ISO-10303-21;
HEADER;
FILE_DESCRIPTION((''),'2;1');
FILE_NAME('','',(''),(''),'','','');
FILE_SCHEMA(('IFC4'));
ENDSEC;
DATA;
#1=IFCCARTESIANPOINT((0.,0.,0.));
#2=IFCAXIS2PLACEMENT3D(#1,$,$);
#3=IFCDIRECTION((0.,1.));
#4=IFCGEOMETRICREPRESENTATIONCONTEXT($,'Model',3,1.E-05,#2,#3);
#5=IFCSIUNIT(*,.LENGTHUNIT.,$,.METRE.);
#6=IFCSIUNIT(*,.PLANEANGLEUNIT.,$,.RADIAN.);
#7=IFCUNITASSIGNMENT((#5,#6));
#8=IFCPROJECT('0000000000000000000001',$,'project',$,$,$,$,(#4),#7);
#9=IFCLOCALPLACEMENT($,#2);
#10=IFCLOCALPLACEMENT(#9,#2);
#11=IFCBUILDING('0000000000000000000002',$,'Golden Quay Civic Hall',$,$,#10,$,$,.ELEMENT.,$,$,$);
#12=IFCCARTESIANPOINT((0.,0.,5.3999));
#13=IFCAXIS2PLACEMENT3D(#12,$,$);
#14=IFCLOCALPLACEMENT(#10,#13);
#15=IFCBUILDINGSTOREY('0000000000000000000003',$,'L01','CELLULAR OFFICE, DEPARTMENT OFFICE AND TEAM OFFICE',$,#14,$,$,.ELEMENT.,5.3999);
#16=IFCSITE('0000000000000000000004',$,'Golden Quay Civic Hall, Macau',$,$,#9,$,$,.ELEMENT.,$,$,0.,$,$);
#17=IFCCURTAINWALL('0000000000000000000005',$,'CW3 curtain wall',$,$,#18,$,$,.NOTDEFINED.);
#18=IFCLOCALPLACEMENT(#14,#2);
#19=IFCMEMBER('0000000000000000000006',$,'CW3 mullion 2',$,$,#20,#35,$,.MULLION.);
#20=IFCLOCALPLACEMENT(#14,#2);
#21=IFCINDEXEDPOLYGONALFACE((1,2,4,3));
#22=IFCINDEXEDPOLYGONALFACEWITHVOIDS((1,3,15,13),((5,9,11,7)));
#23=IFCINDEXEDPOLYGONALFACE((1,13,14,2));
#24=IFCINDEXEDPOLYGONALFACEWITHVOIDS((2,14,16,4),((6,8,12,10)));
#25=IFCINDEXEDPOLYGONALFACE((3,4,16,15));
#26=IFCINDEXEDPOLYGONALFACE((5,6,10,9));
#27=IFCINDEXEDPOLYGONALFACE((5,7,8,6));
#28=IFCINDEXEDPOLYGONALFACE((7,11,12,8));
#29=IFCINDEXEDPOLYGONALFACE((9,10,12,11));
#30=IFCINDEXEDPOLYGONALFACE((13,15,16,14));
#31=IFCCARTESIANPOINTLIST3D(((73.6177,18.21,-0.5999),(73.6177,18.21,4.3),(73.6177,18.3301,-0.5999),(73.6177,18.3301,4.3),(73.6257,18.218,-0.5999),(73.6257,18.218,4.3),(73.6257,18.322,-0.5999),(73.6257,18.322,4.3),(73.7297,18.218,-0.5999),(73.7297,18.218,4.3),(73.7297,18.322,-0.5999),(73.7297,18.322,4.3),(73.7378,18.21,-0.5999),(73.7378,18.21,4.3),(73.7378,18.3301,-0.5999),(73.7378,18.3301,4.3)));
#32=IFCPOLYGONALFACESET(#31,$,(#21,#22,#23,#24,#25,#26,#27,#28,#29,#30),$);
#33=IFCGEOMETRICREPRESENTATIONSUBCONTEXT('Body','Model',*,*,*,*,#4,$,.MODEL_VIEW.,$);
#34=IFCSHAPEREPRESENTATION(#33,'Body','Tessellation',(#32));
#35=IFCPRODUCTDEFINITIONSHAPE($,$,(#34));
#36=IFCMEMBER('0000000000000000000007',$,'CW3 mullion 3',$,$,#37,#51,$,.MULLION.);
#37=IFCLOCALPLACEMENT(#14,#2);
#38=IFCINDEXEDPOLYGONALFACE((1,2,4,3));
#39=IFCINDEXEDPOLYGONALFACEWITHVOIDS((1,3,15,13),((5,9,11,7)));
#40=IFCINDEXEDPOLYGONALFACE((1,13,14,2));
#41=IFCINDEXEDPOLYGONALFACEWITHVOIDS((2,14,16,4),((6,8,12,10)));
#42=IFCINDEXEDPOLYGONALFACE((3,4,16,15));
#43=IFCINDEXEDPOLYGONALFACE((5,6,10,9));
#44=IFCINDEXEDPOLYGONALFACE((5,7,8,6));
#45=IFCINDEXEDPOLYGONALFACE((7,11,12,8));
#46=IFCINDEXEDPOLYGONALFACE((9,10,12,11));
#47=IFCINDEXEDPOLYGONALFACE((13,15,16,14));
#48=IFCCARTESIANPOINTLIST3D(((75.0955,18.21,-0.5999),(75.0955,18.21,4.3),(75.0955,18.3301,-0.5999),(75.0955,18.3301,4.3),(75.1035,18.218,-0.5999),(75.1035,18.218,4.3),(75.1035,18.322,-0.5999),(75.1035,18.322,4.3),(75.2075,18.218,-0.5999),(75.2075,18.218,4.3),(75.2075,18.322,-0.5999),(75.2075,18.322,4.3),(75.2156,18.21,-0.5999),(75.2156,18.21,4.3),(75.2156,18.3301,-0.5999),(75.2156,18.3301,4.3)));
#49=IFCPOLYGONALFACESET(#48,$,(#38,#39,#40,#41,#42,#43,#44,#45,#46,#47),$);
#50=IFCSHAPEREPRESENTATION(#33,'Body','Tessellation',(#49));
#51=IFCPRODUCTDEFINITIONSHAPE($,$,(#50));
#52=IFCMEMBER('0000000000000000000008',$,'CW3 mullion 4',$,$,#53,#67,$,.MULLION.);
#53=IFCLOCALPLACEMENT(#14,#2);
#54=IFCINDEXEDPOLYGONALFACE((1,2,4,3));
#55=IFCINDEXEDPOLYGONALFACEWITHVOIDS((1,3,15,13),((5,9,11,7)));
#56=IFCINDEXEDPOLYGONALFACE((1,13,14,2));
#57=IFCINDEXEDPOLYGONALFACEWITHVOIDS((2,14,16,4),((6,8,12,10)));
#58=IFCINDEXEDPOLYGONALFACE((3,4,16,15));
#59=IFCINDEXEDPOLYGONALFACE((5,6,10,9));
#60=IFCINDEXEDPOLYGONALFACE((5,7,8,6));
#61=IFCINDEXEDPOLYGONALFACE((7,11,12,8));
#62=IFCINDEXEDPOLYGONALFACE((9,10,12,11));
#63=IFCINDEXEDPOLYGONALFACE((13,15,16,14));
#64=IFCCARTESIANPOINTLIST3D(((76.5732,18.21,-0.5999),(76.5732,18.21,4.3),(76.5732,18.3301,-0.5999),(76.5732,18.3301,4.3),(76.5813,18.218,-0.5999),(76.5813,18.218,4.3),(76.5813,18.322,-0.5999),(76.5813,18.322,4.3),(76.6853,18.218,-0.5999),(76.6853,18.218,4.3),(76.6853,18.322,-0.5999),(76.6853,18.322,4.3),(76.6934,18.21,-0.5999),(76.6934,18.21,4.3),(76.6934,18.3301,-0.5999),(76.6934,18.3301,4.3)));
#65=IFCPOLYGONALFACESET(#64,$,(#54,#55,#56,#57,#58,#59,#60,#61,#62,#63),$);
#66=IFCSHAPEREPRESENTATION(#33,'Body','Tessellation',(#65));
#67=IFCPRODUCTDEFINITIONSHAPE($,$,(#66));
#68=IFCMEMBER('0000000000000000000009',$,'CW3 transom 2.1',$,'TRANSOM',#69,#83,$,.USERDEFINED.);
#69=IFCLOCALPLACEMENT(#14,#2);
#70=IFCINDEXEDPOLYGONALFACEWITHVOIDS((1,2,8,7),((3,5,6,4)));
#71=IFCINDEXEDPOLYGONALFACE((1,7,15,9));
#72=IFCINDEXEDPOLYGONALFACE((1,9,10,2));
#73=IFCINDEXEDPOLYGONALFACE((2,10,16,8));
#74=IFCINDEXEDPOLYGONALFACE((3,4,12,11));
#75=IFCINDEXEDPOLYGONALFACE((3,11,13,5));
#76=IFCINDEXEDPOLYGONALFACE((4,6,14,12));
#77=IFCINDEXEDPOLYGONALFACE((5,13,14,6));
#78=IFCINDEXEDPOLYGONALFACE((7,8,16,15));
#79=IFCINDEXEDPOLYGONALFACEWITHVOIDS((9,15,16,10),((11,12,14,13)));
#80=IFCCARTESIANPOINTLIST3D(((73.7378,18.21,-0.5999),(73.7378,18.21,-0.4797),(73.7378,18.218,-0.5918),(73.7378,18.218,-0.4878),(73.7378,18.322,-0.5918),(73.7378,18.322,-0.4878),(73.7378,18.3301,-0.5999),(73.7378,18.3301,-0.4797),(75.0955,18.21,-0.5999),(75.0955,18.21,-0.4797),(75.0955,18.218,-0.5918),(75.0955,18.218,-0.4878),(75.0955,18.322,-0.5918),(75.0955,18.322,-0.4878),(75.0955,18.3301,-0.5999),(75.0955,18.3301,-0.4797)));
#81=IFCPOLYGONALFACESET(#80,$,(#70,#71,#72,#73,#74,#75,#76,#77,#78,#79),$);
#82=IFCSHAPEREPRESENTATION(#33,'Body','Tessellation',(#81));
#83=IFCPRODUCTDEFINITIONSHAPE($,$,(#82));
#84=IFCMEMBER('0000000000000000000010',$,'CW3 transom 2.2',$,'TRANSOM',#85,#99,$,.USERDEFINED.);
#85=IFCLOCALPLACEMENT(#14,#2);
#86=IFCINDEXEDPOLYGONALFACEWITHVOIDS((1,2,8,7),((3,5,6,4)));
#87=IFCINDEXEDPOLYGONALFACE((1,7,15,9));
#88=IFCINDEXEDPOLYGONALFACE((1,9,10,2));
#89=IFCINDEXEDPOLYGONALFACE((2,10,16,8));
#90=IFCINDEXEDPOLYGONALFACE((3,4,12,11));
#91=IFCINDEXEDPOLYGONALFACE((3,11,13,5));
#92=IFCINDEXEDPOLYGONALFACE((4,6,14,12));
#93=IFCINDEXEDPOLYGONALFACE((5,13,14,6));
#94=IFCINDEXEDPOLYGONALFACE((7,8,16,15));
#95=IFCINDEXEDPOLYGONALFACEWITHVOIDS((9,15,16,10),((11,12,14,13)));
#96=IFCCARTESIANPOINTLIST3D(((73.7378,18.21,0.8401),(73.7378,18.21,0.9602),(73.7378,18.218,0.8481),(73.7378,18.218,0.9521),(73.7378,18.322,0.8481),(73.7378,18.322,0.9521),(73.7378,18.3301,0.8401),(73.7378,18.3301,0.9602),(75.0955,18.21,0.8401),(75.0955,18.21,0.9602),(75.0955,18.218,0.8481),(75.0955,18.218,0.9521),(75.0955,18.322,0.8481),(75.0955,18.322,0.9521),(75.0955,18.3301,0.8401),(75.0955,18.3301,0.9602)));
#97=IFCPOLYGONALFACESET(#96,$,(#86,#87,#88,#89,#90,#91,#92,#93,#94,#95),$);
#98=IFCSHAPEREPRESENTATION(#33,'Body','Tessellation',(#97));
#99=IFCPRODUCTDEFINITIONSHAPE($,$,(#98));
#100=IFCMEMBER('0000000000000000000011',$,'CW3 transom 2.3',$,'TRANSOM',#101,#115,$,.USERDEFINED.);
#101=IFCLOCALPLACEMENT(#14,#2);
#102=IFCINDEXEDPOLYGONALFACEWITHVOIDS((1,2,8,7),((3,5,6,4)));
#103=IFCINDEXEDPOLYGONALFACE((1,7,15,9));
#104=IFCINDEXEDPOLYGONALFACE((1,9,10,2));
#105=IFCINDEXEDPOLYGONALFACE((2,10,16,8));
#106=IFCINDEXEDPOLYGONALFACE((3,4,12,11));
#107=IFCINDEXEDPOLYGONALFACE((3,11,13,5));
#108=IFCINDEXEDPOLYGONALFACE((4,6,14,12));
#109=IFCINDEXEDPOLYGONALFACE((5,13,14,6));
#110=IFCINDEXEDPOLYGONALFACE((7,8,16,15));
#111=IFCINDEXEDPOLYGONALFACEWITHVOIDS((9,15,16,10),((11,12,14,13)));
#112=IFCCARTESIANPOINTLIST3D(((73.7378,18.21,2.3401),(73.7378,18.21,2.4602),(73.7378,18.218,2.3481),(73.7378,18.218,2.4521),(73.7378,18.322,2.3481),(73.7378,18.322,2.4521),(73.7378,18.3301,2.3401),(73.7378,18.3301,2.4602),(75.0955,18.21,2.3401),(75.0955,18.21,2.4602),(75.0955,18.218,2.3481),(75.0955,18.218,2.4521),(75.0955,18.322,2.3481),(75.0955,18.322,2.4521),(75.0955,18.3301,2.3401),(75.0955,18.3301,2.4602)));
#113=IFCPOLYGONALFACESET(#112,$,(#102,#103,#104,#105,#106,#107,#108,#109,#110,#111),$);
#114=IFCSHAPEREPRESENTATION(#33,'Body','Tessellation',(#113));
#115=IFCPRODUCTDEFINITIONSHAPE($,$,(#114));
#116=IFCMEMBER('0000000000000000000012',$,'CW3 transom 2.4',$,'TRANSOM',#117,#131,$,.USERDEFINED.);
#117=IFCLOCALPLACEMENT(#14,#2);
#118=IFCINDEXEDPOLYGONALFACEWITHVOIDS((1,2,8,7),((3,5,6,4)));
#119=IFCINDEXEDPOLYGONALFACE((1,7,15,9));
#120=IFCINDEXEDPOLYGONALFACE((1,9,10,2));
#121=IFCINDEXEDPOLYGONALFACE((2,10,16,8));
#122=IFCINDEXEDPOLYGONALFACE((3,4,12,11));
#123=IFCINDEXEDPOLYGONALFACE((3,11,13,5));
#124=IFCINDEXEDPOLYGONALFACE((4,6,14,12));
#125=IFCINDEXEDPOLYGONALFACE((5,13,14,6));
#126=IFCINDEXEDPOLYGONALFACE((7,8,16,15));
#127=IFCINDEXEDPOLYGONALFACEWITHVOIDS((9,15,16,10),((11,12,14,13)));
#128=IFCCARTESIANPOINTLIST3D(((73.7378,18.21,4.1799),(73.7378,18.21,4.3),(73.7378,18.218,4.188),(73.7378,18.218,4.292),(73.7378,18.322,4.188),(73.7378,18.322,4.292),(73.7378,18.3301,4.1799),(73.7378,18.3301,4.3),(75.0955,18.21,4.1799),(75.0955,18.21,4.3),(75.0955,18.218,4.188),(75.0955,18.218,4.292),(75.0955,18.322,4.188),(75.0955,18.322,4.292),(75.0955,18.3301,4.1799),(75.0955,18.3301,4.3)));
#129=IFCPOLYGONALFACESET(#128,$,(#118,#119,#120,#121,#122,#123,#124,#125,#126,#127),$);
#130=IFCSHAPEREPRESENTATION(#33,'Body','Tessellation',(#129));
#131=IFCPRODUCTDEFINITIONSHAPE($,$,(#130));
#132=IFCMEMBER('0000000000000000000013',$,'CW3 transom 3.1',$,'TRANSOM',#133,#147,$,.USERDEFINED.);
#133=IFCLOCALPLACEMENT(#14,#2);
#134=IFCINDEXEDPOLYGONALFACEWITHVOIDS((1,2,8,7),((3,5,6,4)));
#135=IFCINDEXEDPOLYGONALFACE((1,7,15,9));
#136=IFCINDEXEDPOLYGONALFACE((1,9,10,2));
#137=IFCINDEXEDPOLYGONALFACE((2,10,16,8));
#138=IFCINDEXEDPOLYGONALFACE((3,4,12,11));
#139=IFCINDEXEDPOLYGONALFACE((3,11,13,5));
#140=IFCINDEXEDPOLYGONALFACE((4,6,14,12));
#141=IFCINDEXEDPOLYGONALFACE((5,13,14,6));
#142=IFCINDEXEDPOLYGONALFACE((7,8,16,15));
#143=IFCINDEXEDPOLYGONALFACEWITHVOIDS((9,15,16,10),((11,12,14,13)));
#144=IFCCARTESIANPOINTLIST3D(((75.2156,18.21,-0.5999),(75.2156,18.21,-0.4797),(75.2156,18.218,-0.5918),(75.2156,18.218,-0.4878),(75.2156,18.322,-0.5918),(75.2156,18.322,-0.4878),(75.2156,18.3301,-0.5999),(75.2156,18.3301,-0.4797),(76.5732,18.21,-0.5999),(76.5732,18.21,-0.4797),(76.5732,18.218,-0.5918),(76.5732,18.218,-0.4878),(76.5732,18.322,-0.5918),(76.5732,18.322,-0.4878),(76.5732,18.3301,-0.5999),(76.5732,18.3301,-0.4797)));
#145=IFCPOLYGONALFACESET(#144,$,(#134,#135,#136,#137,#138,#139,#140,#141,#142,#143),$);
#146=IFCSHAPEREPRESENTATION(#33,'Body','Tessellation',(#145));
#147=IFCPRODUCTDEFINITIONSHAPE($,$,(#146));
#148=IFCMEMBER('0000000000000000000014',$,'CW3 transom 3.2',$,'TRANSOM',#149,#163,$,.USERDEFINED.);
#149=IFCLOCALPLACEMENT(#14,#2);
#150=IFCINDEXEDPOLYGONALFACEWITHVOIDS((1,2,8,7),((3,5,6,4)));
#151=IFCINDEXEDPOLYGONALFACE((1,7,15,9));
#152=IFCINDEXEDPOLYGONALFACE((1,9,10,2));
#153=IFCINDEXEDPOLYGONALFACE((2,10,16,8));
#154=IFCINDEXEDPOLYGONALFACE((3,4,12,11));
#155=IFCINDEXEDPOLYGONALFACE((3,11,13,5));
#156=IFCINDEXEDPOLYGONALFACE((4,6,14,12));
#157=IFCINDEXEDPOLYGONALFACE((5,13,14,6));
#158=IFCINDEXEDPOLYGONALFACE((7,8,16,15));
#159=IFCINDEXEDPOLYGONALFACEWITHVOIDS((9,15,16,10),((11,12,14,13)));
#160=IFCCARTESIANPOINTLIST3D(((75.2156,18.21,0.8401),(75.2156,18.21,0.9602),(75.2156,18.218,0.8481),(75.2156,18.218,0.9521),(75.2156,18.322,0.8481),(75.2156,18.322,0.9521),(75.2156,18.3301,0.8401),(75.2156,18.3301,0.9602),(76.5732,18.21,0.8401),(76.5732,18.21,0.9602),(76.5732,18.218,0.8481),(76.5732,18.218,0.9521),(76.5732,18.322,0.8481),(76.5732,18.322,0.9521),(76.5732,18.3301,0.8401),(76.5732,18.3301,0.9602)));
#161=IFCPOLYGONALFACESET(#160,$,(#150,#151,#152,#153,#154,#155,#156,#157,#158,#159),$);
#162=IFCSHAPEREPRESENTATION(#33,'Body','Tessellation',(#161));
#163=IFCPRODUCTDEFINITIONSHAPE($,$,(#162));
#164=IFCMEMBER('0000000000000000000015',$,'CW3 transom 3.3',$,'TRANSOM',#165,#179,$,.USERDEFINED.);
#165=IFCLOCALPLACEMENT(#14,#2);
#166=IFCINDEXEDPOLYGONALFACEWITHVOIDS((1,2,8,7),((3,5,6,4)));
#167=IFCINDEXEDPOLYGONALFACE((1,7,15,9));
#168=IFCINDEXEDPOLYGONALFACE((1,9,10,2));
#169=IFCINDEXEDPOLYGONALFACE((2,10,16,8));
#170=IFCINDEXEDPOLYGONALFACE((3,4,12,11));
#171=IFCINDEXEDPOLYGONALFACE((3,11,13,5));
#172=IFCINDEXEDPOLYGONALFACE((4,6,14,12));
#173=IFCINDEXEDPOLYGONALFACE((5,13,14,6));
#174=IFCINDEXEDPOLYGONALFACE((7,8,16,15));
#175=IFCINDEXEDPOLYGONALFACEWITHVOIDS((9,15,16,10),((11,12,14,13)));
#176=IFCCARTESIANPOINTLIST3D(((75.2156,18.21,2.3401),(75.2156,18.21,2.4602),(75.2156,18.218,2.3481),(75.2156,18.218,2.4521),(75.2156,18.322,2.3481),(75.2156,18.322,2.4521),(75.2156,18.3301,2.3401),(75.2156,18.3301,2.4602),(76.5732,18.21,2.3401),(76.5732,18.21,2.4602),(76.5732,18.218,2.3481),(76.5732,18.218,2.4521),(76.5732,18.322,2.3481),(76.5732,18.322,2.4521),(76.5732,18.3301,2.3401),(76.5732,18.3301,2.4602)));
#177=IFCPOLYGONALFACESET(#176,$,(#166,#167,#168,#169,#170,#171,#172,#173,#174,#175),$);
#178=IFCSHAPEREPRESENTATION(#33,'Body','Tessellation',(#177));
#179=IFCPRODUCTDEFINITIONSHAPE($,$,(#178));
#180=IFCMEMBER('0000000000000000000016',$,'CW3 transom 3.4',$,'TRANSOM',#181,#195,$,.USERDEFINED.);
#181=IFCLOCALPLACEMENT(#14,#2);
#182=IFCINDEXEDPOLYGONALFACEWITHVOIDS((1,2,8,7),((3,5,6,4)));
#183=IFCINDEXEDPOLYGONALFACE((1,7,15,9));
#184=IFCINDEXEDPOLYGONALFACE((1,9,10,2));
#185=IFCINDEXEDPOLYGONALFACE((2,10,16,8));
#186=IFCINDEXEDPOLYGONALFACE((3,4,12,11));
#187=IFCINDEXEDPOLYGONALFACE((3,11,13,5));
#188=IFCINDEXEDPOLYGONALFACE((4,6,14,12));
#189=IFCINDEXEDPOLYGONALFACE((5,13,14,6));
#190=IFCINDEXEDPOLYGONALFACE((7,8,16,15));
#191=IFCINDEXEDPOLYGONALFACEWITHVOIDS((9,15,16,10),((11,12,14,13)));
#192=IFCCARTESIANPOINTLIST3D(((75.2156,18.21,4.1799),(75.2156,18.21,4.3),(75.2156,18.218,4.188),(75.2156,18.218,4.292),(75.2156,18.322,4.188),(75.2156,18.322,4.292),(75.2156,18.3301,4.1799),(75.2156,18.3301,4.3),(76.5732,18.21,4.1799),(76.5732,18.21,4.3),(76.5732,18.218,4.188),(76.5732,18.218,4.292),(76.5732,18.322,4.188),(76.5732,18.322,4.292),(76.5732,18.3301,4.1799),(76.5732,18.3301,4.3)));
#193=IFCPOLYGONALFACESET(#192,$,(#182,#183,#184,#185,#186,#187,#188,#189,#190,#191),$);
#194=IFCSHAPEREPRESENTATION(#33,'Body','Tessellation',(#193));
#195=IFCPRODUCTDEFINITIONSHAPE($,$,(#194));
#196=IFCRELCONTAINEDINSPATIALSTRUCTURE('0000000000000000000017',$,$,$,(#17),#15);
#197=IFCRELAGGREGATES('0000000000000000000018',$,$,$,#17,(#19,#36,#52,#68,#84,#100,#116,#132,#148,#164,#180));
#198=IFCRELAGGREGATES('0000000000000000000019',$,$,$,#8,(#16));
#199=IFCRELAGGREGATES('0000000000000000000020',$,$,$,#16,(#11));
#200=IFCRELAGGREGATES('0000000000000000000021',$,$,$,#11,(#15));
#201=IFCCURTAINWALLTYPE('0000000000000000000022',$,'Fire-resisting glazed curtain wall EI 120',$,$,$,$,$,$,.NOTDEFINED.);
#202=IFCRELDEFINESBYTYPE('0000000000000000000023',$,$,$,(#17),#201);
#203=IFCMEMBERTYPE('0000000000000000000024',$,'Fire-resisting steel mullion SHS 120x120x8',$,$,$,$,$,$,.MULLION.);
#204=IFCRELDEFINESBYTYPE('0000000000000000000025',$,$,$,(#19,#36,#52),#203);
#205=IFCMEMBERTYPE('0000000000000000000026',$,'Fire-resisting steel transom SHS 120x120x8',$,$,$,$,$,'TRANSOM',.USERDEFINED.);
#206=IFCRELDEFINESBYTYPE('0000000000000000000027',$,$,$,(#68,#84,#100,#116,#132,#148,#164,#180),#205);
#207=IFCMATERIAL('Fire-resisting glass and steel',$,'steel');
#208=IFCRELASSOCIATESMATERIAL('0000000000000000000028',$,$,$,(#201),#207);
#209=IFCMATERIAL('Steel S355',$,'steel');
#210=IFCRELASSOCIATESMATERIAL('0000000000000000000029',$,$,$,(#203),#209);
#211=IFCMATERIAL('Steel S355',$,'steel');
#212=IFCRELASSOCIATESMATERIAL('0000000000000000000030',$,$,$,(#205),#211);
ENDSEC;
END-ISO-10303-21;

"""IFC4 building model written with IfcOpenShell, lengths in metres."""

from ifc_helpers import new_model, si_unit, direction, frame, origin, origin_2d, place, context, subcontext, project, spatial, hollow_rectangle, extrude, material, material_profile, profile_set, type_object, element, aggregate, save


model = new_model("IFC4")

# Units and contexts
model_context = context("Model", 3, precision=1e-05, world=origin(), true_north=direction((0.0, 1.0)))
body_context = subcontext(model_context, "Body", "Model", "MODEL_VIEW")
ifc_project = project(units=[si_unit("LENGTHUNIT", "METRE"), si_unit("PLANEANGLEUNIT", "RADIAN")], contexts=[model_context])

# Site, building, storey
site_placement = place(None, origin())
site = spatial("IfcSite", under=ifc_project, at=site_placement, Name="Golden Quay Civic Hall, Macau", CompositionType="ELEMENT", RefElevation=0.0)
building_placement = place(site_placement, origin())
building = spatial("IfcBuilding", under=site, at=building_placement, Name="Golden Quay Civic Hall", CompositionType="ELEMENT")
storey_placement = place(building_placement, frame((0.0, 0.0, 5.3999)))
storey = spatial("IfcBuildingStorey", under=building, at=storey_placement, Name="L01", Description="CELLULAR OFFICE, DEPARTMENT OFFICE AND TEAM OFFICE", CompositionType="ELEMENT", Elevation=5.3999)

# Curtain wall, members
ifc_material_1 = material(Name="Fire-resisting glass and steel", Category="steel")
curtain_wall_type = type_object("IfcCurtainWallType", Name="Fire-resisting glazed curtain wall EI 120", PredefinedType="NOTDEFINED", material=ifc_material_1)
curtain_wall_placement = place(storey_placement, origin())
curtain_wall = element("IfcCurtainWall", 1, at=curtain_wall_placement, inside=storey, type_object=curtain_wall_type, Name="CW3 curtain wall", PredefinedType="NOTDEFINED")
ifc_material_2 = material(Name="Steel S355", Category="steel")
ifc_material_profile_1 = material_profile(ifc_material_2, hollow_rectangle(XDim=0.1201, YDim=0.1201, WallThickness=0.0081, at=origin_2d()), Name="SHS 120x120x8")
ifc_profile_set_1 = profile_set([ifc_material_profile_1], Name="Steel S355")
member_type_1 = type_object("IfcMemberType", Name="Fire-resisting steel mullion SHS 120x120x8", PredefinedType="MULLION", material=ifc_profile_set_1)
member_1_placement = place(storey_placement, frame((73.6777, 18.27, -0.5999), z_axis=(0.0, 0.0, 1.0), x_axis=(0.0, 1.0, 0.0)))
member_1 = element("IfcMember", 2, at=member_1_placement, type_object=member_type_1, Name="CW3 mullion 2", PredefinedType="MULLION", context=body_context, shape_type="SweptSolid", body=[
    extrude(hollow_rectangle(XDim=0.1201, YDim=0.1201, WallThickness=0.0081, at=origin_2d()), origin(), (0.0, 0.0, 1.0), 4.8999),
])
member_2_placement = place(storey_placement, frame((75.1555, 18.27, -0.5999), z_axis=(0.0, 0.0, 1.0), x_axis=(0.0, 1.0, 0.0)))
member_2 = element("IfcMember", 3, at=member_2_placement, type_object=member_type_1, Name="CW3 mullion 3", PredefinedType="MULLION", context=body_context, shape_type="SweptSolid", body=[
    extrude(hollow_rectangle(XDim=0.1201, YDim=0.1201, WallThickness=0.0081, at=origin_2d()), origin(), (0.0, 0.0, 1.0), 4.8999),
])
member_3_placement = place(storey_placement, frame((76.6333, 18.27, -0.5999), z_axis=(0.0, 0.0, 1.0), x_axis=(0.0, 1.0, 0.0)))
member_3 = element("IfcMember", 4, at=member_3_placement, type_object=member_type_1, Name="CW3 mullion 4", PredefinedType="MULLION", context=body_context, shape_type="SweptSolid", body=[
    extrude(hollow_rectangle(XDim=0.1201, YDim=0.1201, WallThickness=0.0081, at=origin_2d()), origin(), (0.0, 0.0, 1.0), 4.8999),
])
ifc_material_3 = material(Name="Steel S355", Category="steel")
ifc_material_profile_2 = material_profile(ifc_material_3, hollow_rectangle(XDim=0.1201, YDim=0.1201, WallThickness=0.0081, at=origin_2d()), Name="SHS 120x120x8")
ifc_profile_set_2 = profile_set([ifc_material_profile_2], Name="Steel S355")
member_type_2 = type_object("IfcMemberType", Name="Fire-resisting steel transom SHS 120x120x8", ElementType="TRANSOM", PredefinedType="USERDEFINED", material=ifc_profile_set_2)
member_4_placement = place(storey_placement, frame((73.7378, 18.27, -0.5398), z_axis=(1.0, 0.0, 0.0), x_axis=(0.0, 1.0, 0.0)))
member_4 = element("IfcMember", 5, at=member_4_placement, type_object=member_type_2, Name="CW3 transom 2.1", ObjectType="TRANSOM", PredefinedType="USERDEFINED", context=body_context, shape_type="SweptSolid", body=[
    extrude(hollow_rectangle(XDim=0.1201, YDim=0.1201, WallThickness=0.0081, at=origin_2d()), origin(), (0.0, 0.0, 1.0), 1.3577),
])
member_5_placement = place(storey_placement, frame((73.7378, 18.27, 0.9001), z_axis=(1.0, 0.0, 0.0), x_axis=(0.0, 1.0, 0.0)))
member_5 = element("IfcMember", 6, at=member_5_placement, type_object=member_type_2, Name="CW3 transom 2.2", ObjectType="TRANSOM", PredefinedType="USERDEFINED", context=body_context, shape_type="SweptSolid", body=[
    extrude(hollow_rectangle(XDim=0.1201, YDim=0.1201, WallThickness=0.0081, at=origin_2d()), origin(), (0.0, 0.0, 1.0), 1.3577),
])
member_6_placement = place(storey_placement, frame((73.7378, 18.27, 2.4001), z_axis=(1.0, 0.0, 0.0), x_axis=(0.0, 1.0, 0.0)))
member_6 = element("IfcMember", 7, at=member_6_placement, type_object=member_type_2, Name="CW3 transom 2.3", ObjectType="TRANSOM", PredefinedType="USERDEFINED", context=body_context, shape_type="SweptSolid", body=[
    extrude(hollow_rectangle(XDim=0.1201, YDim=0.1201, WallThickness=0.0081, at=origin_2d()), origin(), (0.0, 0.0, 1.0), 1.3577),
])
member_7_placement = place(storey_placement, frame((73.7378, 18.27, 4.24), z_axis=(1.0, 0.0, 0.0), x_axis=(0.0, 1.0, 0.0)))
member_7 = element("IfcMember", 8, at=member_7_placement, type_object=member_type_2, Name="CW3 transom 2.4", ObjectType="TRANSOM", PredefinedType="USERDEFINED", context=body_context, shape_type="SweptSolid", body=[
    extrude(hollow_rectangle(XDim=0.1201, YDim=0.1201, WallThickness=0.0081, at=origin_2d()), origin(), (0.0, 0.0, 1.0), 1.3577),
])
member_8_placement = place(storey_placement, frame((75.2156, 18.27, -0.5398), z_axis=(1.0, 0.0, 0.0), x_axis=(0.0, 1.0, 0.0)))
member_8 = element("IfcMember", 9, at=member_8_placement, type_object=member_type_2, Name="CW3 transom 3.1", ObjectType="TRANSOM", PredefinedType="USERDEFINED", context=body_context, shape_type="SweptSolid", body=[
    extrude(hollow_rectangle(XDim=0.1201, YDim=0.1201, WallThickness=0.0081, at=origin_2d()), origin(), (0.0, 0.0, 1.0), 1.3577),
])
member_9_placement = place(storey_placement, frame((75.2156, 18.27, 0.9001), z_axis=(1.0, 0.0, 0.0), x_axis=(0.0, 1.0, 0.0)))
member_9 = element("IfcMember", 10, at=member_9_placement, type_object=member_type_2, Name="CW3 transom 3.2", ObjectType="TRANSOM", PredefinedType="USERDEFINED", context=body_context, shape_type="SweptSolid", body=[
    extrude(hollow_rectangle(XDim=0.1201, YDim=0.1201, WallThickness=0.0081, at=origin_2d()), origin(), (0.0, 0.0, 1.0), 1.3577),
])
member_10_placement = place(storey_placement, frame((75.2156, 18.27, 2.4001), z_axis=(1.0, 0.0, 0.0), x_axis=(0.0, 1.0, 0.0)))
member_10 = element("IfcMember", 11, at=member_10_placement, type_object=member_type_2, Name="CW3 transom 3.3", ObjectType="TRANSOM", PredefinedType="USERDEFINED", context=body_context, shape_type="SweptSolid", body=[
    extrude(hollow_rectangle(XDim=0.1201, YDim=0.1201, WallThickness=0.0081, at=origin_2d()), origin(), (0.0, 0.0, 1.0), 1.3577),
])
member_11_placement = place(storey_placement, frame((75.2156, 18.27, 4.24), z_axis=(1.0, 0.0, 0.0), x_axis=(0.0, 1.0, 0.0)))
member_11 = element("IfcMember", 12, at=member_11_placement, type_object=member_type_2, Name="CW3 transom 3.4", ObjectType="TRANSOM", PredefinedType="USERDEFINED", context=body_context, shape_type="SweptSolid", body=[
    extrude(hollow_rectangle(XDim=0.1201, YDim=0.1201, WallThickness=0.0081, at=origin_2d()), origin(), (0.0, 0.0, 1.0), 1.3577),
])
aggregate(curtain_wall, [member_1, member_2, member_3, member_4, member_5, member_6, member_7, member_8, member_9, member_10, member_11])

save(model, "model.ifc")
